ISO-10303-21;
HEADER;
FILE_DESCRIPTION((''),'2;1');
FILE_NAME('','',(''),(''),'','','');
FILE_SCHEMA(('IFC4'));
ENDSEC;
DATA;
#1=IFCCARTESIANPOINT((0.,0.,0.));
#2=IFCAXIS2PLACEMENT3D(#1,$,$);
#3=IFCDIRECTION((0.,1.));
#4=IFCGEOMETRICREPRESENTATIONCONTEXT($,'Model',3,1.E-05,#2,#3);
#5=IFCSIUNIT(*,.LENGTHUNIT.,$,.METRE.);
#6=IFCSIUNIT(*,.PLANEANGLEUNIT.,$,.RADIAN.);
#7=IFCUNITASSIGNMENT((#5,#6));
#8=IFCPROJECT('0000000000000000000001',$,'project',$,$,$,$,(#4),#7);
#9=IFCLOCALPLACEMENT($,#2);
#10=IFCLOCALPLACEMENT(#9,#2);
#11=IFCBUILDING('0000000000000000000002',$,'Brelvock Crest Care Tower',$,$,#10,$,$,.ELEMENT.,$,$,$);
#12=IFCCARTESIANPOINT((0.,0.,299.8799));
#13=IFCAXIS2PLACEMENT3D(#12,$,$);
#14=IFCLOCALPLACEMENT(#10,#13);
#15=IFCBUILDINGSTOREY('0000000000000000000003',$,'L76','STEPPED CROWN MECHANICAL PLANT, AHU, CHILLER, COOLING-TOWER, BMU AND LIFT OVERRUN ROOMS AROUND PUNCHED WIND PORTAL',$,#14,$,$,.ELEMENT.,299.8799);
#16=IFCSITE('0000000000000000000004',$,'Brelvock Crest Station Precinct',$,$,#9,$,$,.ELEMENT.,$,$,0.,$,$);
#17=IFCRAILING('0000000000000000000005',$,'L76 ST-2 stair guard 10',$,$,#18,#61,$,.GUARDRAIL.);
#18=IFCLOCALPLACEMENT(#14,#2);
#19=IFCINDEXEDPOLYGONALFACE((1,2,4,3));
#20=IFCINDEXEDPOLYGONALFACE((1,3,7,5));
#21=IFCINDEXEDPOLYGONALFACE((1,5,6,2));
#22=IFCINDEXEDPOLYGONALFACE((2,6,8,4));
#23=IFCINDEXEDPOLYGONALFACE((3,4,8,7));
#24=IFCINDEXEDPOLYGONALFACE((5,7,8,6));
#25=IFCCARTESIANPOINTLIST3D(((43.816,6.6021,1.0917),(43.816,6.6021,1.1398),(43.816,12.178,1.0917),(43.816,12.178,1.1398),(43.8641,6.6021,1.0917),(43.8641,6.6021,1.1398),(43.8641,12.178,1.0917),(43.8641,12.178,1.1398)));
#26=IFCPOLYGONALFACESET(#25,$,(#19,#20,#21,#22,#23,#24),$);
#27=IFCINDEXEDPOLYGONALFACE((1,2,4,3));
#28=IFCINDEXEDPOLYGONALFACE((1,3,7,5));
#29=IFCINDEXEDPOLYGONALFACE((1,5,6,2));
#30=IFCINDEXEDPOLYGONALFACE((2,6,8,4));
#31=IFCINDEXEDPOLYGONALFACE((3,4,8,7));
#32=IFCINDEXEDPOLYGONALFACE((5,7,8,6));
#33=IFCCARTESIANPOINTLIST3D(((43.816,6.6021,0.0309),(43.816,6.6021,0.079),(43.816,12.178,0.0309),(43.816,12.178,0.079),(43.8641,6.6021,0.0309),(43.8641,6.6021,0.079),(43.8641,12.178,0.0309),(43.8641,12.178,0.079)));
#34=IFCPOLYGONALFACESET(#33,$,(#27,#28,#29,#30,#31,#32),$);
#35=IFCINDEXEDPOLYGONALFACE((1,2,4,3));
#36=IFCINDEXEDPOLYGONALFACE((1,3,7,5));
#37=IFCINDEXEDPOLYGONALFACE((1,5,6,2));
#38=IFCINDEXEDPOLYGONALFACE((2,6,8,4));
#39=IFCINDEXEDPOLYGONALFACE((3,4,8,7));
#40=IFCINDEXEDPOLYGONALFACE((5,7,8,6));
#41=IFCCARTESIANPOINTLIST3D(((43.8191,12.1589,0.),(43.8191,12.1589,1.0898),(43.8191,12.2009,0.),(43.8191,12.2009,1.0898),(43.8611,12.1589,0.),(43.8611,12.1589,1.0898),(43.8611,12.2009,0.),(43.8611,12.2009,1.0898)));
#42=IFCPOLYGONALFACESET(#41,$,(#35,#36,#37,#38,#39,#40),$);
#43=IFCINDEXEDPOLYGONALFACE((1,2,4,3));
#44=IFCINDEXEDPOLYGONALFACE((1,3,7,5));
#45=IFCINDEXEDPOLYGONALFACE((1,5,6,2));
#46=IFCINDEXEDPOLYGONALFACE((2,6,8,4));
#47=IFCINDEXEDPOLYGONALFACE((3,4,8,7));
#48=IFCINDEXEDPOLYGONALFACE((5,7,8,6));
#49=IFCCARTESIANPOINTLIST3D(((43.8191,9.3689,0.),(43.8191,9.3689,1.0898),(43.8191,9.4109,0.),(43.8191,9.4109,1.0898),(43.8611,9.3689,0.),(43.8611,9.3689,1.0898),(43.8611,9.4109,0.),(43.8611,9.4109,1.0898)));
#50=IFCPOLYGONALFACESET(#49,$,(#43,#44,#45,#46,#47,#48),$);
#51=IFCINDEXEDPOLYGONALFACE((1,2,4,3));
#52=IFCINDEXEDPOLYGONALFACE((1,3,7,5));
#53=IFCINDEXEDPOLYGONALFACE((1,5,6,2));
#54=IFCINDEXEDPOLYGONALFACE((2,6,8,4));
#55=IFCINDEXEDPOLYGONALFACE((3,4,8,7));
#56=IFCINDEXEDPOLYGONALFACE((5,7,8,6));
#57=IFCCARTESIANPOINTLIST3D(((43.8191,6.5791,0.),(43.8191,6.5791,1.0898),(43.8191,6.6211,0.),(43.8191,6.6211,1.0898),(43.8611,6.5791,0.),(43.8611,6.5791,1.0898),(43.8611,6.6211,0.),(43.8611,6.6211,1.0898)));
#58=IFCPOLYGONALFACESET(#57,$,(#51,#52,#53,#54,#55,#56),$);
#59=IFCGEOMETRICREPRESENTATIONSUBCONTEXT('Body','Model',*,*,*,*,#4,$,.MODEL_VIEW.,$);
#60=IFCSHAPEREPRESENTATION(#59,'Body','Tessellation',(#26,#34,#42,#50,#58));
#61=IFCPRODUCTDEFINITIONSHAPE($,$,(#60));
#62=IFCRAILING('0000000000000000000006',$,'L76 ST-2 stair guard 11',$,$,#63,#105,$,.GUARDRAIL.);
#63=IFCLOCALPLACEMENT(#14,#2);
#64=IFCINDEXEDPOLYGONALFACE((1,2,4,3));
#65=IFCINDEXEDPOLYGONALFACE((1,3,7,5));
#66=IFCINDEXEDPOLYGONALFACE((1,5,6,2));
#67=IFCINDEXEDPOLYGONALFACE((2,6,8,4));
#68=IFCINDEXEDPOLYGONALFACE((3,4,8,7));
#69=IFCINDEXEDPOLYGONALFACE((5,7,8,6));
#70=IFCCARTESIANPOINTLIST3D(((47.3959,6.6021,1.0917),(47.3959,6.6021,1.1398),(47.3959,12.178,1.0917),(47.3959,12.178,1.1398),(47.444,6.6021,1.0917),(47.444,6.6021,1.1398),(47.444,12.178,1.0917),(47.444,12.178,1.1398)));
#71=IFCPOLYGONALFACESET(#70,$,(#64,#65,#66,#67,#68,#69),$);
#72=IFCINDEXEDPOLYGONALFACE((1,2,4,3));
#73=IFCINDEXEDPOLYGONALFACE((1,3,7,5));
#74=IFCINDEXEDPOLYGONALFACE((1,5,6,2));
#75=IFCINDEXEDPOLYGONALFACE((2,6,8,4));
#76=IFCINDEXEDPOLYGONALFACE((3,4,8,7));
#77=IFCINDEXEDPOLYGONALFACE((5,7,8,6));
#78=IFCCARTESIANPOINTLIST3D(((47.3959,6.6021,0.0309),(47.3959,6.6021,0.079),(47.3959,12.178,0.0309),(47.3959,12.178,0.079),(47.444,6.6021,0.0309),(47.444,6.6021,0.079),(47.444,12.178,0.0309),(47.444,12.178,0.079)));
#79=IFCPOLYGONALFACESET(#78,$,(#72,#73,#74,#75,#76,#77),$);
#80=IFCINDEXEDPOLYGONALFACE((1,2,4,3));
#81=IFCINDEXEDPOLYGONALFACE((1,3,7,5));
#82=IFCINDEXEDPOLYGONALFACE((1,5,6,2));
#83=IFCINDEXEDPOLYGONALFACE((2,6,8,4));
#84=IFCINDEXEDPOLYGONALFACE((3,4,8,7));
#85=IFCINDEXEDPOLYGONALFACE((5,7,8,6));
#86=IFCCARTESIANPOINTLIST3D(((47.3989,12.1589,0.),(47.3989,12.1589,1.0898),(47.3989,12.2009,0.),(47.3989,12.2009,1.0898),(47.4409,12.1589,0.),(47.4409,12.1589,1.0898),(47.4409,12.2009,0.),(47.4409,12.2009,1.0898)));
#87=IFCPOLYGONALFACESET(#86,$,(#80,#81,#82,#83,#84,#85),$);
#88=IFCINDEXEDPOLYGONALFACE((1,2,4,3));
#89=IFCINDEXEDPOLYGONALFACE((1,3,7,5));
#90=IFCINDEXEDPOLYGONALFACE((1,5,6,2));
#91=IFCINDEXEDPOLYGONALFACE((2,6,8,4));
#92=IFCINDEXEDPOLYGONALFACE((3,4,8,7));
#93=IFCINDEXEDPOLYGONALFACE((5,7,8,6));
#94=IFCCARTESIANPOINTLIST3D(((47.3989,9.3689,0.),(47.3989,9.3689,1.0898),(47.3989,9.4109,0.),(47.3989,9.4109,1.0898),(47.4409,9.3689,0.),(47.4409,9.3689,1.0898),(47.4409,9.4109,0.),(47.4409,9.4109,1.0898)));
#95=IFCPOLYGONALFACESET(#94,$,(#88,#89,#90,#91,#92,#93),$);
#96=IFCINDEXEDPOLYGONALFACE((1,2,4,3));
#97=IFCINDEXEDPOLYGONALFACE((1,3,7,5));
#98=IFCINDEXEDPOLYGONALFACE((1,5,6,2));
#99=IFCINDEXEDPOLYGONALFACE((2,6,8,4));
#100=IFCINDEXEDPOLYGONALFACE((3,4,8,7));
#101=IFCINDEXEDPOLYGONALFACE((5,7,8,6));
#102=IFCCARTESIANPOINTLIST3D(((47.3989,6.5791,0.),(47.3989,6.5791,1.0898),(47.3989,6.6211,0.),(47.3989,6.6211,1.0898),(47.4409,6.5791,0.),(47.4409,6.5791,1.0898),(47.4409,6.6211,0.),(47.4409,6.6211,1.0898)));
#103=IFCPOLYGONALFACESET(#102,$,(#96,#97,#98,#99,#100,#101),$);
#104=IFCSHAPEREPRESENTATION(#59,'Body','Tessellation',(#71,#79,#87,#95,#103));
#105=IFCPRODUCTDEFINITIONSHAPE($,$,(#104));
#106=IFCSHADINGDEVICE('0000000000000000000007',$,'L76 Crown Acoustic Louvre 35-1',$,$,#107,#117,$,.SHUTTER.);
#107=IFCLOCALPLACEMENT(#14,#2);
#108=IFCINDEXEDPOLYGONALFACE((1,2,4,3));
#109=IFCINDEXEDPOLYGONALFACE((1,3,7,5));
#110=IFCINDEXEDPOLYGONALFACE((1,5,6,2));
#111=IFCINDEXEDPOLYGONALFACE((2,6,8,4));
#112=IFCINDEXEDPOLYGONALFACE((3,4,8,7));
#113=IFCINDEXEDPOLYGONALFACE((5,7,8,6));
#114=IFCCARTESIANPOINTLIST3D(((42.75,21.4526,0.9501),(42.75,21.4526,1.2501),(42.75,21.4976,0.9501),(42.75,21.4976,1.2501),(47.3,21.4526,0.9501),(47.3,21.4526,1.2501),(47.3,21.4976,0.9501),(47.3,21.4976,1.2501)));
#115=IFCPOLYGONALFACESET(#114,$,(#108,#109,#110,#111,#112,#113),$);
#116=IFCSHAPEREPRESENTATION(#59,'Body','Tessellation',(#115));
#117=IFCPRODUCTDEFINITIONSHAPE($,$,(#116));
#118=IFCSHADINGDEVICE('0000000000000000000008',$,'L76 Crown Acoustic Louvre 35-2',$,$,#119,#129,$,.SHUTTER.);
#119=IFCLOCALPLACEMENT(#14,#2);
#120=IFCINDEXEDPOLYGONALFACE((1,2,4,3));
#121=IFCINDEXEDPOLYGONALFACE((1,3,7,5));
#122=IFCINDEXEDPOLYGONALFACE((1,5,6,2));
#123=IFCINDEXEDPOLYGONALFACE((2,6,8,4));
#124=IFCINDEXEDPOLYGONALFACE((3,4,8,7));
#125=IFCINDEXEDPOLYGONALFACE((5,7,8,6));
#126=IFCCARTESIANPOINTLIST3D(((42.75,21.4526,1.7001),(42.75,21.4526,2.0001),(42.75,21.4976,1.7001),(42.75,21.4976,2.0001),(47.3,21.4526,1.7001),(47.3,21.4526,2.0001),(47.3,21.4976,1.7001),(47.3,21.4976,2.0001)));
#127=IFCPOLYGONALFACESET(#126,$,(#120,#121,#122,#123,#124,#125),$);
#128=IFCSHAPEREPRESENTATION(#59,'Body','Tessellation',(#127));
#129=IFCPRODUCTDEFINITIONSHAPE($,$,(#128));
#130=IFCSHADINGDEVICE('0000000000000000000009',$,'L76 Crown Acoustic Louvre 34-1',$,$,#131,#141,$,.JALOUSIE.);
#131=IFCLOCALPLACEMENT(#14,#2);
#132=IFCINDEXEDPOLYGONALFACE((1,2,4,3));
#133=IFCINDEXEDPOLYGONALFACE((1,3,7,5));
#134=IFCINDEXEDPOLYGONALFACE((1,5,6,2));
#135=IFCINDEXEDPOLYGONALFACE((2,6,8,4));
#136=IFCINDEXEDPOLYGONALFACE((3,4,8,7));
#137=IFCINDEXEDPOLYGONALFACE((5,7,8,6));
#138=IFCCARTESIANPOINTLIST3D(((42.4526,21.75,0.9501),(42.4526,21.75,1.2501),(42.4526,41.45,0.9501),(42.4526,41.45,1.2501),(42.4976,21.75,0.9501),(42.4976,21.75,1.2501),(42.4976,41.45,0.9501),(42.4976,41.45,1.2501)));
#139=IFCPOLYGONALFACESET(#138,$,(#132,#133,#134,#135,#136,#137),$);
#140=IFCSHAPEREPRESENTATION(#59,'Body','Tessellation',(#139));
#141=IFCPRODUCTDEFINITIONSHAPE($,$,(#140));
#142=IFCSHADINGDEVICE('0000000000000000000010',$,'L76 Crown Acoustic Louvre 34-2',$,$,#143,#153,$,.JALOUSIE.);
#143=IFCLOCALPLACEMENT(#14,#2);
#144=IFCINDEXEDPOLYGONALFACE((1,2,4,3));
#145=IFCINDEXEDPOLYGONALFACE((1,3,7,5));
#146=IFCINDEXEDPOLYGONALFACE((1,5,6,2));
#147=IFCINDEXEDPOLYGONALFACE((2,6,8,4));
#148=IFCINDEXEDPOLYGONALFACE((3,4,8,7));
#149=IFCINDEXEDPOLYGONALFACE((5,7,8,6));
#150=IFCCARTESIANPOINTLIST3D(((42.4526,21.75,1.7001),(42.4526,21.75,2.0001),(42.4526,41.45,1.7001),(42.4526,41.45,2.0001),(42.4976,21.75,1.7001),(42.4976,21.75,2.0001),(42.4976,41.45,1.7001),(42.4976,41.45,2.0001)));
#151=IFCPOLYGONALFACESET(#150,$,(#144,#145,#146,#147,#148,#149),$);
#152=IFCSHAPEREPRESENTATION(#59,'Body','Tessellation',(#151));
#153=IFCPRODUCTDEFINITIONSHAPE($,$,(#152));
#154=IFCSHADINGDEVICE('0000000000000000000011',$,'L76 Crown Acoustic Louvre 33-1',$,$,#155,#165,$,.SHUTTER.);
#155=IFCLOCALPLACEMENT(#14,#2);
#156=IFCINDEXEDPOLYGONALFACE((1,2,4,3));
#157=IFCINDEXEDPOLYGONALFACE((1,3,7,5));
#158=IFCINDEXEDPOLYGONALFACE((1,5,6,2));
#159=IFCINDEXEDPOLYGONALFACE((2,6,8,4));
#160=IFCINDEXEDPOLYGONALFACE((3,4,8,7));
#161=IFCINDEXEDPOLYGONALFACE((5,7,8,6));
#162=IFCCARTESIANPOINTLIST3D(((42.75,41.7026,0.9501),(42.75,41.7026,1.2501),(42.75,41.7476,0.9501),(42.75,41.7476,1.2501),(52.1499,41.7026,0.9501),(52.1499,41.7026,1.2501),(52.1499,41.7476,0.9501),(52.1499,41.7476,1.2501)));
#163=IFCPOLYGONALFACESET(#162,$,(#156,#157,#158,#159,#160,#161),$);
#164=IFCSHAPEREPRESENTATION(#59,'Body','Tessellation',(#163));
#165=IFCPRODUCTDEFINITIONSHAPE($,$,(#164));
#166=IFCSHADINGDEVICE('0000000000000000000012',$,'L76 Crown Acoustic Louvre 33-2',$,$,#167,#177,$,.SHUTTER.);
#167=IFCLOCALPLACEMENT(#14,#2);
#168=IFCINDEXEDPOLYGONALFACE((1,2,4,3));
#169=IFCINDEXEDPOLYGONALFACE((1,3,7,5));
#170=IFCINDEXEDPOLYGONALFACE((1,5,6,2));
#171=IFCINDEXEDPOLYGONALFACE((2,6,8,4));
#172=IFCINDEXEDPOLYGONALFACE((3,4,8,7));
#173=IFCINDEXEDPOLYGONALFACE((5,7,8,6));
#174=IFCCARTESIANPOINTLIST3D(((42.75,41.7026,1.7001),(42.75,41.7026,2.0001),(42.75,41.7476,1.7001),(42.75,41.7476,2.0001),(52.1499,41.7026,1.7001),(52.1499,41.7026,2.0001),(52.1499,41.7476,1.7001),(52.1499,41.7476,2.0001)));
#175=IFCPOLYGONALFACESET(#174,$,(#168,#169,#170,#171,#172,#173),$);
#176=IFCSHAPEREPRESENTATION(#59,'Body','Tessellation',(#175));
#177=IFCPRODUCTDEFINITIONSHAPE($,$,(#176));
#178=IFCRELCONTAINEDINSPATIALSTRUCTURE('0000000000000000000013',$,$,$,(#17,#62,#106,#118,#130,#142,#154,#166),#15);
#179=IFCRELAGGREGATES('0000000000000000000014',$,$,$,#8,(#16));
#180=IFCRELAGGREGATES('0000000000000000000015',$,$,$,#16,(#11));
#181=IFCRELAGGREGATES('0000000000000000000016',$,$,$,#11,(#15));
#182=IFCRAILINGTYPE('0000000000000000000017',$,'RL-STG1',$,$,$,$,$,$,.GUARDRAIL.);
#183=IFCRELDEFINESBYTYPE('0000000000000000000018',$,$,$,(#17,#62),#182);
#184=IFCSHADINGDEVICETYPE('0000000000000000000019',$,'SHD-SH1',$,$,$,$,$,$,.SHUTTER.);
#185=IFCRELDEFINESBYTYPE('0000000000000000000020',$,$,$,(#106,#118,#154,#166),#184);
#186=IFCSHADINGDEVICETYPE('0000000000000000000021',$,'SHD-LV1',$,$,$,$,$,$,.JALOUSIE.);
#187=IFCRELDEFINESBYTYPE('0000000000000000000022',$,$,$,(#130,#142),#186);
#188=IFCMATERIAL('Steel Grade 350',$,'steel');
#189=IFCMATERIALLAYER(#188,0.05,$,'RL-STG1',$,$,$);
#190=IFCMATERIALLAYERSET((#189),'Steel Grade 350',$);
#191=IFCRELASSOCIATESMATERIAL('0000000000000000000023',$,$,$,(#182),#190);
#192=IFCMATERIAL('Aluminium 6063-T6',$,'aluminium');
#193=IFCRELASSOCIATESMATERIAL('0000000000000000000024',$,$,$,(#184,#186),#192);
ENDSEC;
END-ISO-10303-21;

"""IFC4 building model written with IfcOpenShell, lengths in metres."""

from ifc_helpers import new_model, si_unit, direction, frame, origin, origin_2d, place, context, subcontext, project, spatial, rectangle, extrude, source, transform, mapped, material, layer, layer_set, material_profile, profile_set, type_object, element, save


model = new_model("IFC4")

# Units and contexts
model_context = context("Model", 3, precision=1e-05, world=origin(), true_north=direction((0.0, 1.0)))
body_context = subcontext(model_context, "Body", "Model", "MODEL_VIEW")
ifc_project = project(units=[si_unit("LENGTHUNIT", "METRE"), si_unit("PLANEANGLEUNIT", "RADIAN")], contexts=[model_context])

# Site, building, storey
site_placement = place(None, origin())
site = spatial("IfcSite", under=ifc_project, at=site_placement, Name="Brelvock Crest Station Precinct", CompositionType="ELEMENT", RefElevation=0.0)
building_placement = place(site_placement, origin())
building = spatial("IfcBuilding", under=site, at=building_placement, Name="Brelvock Crest Care Tower", CompositionType="ELEMENT")
storey_placement = place(building_placement, frame((0.0, 0.0, 299.8799)))
storey = spatial("IfcBuildingStorey", under=building, at=storey_placement, Name="L76", Description="STEPPED CROWN MECHANICAL PLANT, AHU, CHILLER, COOLING-TOWER, BMU AND LIFT OVERRUN ROOMS AROUND PUNCHED WIND PORTAL", CompositionType="ELEMENT", Elevation=299.8799)

# Shared definitions
ifc_material_1 = material(Name="Steel Grade 350", Category="steel")

# Railings
ifc_layer_1 = layer(ifc_material_1, 0.05, Name="RL-STG1")
ifc_layer_set_1 = layer_set([ifc_layer_1], Name="Steel Grade 350")
railing_type_1 = type_object("IfcRailingType", Name="RL-STG1", PredefinedType="GUARDRAIL", material=ifc_layer_set_1)
for number, where, name in (
    (1, (43.8401, 12.1799, 0.0), "L76 ST-2 stair guard 10"),
    (2, (47.4199, 12.1799, 0.0), "L76 ST-2 stair guard 11"),
):
    element("IfcRailing", number, at=place(storey_placement, frame(where)), inside=storey, type_object=railing_type_1, Name=name, PredefinedType="GUARDRAIL", context=body_context, shape_type="SweptSolid", body=[
        extrude(rectangle(XDim=0.0481, YDim=0.0481, at=origin_2d()), frame((0.0, -0.002, 1.1157), z_axis=(0.0, -1.0, 0.0), x_axis=(1.0, 0.0, 0.0)), (0.0, 0.0, 1.0), 5.5759),
        extrude(rectangle(XDim=0.0481, YDim=0.0481, at=origin_2d()), frame((0.0, -0.002, 0.0549), z_axis=(0.0, -1.0, 0.0), x_axis=(1.0, 0.0, 0.0)), (0.0, 0.0, 1.0), 5.5759),
        extrude(rectangle(XDim=0.042, YDim=0.042, at=origin_2d()), origin(), (0.0, 0.0, 1.0), 1.0898),
        extrude(rectangle(XDim=0.042, YDim=0.042, at=origin_2d()), frame((0.0, -2.79, 0.0)), (0.0, 0.0, 1.0), 1.0898),
        extrude(rectangle(XDim=0.042, YDim=0.042, at=origin_2d()), frame((0.0, -5.5798, 0.0)), (0.0, 0.0, 1.0), 1.0898),
    ])

# Shading devices
ifc_material_2 = material(Name="Aluminium 6063-T6", Category="aluminium")
ifc_material_profile_1 = material_profile(ifc_material_2, rectangle(XDim=0.0449, YDim=0.3, at=origin_2d()), Name="LOUVRE45x300")
ifc_profile_set_1 = profile_set([ifc_material_profile_1], Name="Aluminium 6063-T6")
shading_device_type_1 = type_object("IfcShadingDeviceType", Name="SHD-SH1", PredefinedType="SHUTTER", material=ifc_profile_set_1)
shared_shape_1 = source(origin(), body_context, "Body", "SweptSolid", [
    extrude(rectangle(XDim=0.0449, YDim=0.3, at=origin_2d()), origin(), (0.0, 0.0, 1.0), 4.55),
])
for number, where, z_axis, x_axis, name in (
    (3, (42.75, 21.4751, 1.1001), (1.0, 0.0, 0.0), (0.0, 1.0, 0.0), "L76 Crown Acoustic Louvre 35-1"),
    (4, (42.75, 21.4751, 1.8501), (1.0, 0.0, 0.0), (0.0, 1.0, 0.0), "L76 Crown Acoustic Louvre 35-2"),
):
    element("IfcShadingDevice", number, at=place(storey_placement, frame(where, z_axis=z_axis, x_axis=x_axis)), inside=storey, type_object=shading_device_type_1, Name=name, PredefinedType="SHUTTER", context=body_context, shape_type="MappedRepresentation", body=[
        mapped(shared_shape_1, transform((0.0, 0.0, 0.0), x_axis=(1.0, 0.0, 0.0), y_axis=(0.0, 1.0, 0.0), z_axis=(0.0, 0.0, 1.0), scale=1.0)),
    ])
ifc_material_profile_2 = material_profile(ifc_material_2, rectangle(XDim=0.0449, YDim=0.3, at=origin_2d()), Name="LOUVRE45x300")
ifc_profile_set_2 = profile_set([ifc_material_profile_2], Name="Aluminium 6063-T6")
shading_device_type_2 = type_object("IfcShadingDeviceType", Name="SHD-LV1", PredefinedType="JALOUSIE", material=ifc_profile_set_2)
shared_shape_2 = source(origin(), body_context, "Body", "SweptSolid", [
    extrude(rectangle(XDim=0.0449, YDim=0.3, at=origin_2d()), origin(), (0.0, 0.0, 1.0), 19.7),
])
for number, where, z_axis, x_axis, name in (
    (5, (42.4751, 41.45, 1.1001), (0.0, -1.0, 0.0), (1.0, 0.0, 0.0), "L76 Crown Acoustic Louvre 34-1"),
    (6, (42.4751, 41.45, 1.8501), (0.0, -1.0, 0.0), (1.0, 0.0, 0.0), "L76 Crown Acoustic Louvre 34-2"),
):
    element("IfcShadingDevice", number, at=place(storey_placement, frame(where, z_axis=z_axis, x_axis=x_axis)), inside=storey, type_object=shading_device_type_2, Name=name, PredefinedType="JALOUSIE", context=body_context, shape_type="MappedRepresentation", body=[
        mapped(shared_shape_2, transform((0.0, 0.0, 0.0), x_axis=(1.0, 0.0, 0.0), y_axis=(0.0, 1.0, 0.0), z_axis=(0.0, 0.0, 1.0), scale=1.0)),
    ])
shared_shape_3 = source(origin(), body_context, "Body", "SweptSolid", [
    extrude(rectangle(XDim=0.0449, YDim=0.3, at=origin_2d()), origin(), (0.0, 0.0, 1.0), 9.3999),
])
for number, where, z_axis, x_axis, name in (
    (7, (52.1499, 41.7251, 1.1001), (-1.0, 0.0, 0.0), (0.0, -1.0, 0.0), "L76 Crown Acoustic Louvre 33-1"),
    (8, (52.1499, 41.7251, 1.8501), (-1.0, 0.0, 0.0), (0.0, -1.0, 0.0), "L76 Crown Acoustic Louvre 33-2"),
):
    element("IfcShadingDevice", number, at=place(storey_placement, frame(where, z_axis=z_axis, x_axis=x_axis)), inside=storey, type_object=shading_device_type_1, Name=name, PredefinedType="SHUTTER", context=body_context, shape_type="MappedRepresentation", body=[
        mapped(shared_shape_3, transform((0.0, 0.0, 0.0), x_axis=(1.0, 0.0, 0.0), y_axis=(0.0, 1.0, 0.0), z_axis=(0.0, 0.0, 1.0), scale=1.0)),
    ])

save(model, "model.ifc")
